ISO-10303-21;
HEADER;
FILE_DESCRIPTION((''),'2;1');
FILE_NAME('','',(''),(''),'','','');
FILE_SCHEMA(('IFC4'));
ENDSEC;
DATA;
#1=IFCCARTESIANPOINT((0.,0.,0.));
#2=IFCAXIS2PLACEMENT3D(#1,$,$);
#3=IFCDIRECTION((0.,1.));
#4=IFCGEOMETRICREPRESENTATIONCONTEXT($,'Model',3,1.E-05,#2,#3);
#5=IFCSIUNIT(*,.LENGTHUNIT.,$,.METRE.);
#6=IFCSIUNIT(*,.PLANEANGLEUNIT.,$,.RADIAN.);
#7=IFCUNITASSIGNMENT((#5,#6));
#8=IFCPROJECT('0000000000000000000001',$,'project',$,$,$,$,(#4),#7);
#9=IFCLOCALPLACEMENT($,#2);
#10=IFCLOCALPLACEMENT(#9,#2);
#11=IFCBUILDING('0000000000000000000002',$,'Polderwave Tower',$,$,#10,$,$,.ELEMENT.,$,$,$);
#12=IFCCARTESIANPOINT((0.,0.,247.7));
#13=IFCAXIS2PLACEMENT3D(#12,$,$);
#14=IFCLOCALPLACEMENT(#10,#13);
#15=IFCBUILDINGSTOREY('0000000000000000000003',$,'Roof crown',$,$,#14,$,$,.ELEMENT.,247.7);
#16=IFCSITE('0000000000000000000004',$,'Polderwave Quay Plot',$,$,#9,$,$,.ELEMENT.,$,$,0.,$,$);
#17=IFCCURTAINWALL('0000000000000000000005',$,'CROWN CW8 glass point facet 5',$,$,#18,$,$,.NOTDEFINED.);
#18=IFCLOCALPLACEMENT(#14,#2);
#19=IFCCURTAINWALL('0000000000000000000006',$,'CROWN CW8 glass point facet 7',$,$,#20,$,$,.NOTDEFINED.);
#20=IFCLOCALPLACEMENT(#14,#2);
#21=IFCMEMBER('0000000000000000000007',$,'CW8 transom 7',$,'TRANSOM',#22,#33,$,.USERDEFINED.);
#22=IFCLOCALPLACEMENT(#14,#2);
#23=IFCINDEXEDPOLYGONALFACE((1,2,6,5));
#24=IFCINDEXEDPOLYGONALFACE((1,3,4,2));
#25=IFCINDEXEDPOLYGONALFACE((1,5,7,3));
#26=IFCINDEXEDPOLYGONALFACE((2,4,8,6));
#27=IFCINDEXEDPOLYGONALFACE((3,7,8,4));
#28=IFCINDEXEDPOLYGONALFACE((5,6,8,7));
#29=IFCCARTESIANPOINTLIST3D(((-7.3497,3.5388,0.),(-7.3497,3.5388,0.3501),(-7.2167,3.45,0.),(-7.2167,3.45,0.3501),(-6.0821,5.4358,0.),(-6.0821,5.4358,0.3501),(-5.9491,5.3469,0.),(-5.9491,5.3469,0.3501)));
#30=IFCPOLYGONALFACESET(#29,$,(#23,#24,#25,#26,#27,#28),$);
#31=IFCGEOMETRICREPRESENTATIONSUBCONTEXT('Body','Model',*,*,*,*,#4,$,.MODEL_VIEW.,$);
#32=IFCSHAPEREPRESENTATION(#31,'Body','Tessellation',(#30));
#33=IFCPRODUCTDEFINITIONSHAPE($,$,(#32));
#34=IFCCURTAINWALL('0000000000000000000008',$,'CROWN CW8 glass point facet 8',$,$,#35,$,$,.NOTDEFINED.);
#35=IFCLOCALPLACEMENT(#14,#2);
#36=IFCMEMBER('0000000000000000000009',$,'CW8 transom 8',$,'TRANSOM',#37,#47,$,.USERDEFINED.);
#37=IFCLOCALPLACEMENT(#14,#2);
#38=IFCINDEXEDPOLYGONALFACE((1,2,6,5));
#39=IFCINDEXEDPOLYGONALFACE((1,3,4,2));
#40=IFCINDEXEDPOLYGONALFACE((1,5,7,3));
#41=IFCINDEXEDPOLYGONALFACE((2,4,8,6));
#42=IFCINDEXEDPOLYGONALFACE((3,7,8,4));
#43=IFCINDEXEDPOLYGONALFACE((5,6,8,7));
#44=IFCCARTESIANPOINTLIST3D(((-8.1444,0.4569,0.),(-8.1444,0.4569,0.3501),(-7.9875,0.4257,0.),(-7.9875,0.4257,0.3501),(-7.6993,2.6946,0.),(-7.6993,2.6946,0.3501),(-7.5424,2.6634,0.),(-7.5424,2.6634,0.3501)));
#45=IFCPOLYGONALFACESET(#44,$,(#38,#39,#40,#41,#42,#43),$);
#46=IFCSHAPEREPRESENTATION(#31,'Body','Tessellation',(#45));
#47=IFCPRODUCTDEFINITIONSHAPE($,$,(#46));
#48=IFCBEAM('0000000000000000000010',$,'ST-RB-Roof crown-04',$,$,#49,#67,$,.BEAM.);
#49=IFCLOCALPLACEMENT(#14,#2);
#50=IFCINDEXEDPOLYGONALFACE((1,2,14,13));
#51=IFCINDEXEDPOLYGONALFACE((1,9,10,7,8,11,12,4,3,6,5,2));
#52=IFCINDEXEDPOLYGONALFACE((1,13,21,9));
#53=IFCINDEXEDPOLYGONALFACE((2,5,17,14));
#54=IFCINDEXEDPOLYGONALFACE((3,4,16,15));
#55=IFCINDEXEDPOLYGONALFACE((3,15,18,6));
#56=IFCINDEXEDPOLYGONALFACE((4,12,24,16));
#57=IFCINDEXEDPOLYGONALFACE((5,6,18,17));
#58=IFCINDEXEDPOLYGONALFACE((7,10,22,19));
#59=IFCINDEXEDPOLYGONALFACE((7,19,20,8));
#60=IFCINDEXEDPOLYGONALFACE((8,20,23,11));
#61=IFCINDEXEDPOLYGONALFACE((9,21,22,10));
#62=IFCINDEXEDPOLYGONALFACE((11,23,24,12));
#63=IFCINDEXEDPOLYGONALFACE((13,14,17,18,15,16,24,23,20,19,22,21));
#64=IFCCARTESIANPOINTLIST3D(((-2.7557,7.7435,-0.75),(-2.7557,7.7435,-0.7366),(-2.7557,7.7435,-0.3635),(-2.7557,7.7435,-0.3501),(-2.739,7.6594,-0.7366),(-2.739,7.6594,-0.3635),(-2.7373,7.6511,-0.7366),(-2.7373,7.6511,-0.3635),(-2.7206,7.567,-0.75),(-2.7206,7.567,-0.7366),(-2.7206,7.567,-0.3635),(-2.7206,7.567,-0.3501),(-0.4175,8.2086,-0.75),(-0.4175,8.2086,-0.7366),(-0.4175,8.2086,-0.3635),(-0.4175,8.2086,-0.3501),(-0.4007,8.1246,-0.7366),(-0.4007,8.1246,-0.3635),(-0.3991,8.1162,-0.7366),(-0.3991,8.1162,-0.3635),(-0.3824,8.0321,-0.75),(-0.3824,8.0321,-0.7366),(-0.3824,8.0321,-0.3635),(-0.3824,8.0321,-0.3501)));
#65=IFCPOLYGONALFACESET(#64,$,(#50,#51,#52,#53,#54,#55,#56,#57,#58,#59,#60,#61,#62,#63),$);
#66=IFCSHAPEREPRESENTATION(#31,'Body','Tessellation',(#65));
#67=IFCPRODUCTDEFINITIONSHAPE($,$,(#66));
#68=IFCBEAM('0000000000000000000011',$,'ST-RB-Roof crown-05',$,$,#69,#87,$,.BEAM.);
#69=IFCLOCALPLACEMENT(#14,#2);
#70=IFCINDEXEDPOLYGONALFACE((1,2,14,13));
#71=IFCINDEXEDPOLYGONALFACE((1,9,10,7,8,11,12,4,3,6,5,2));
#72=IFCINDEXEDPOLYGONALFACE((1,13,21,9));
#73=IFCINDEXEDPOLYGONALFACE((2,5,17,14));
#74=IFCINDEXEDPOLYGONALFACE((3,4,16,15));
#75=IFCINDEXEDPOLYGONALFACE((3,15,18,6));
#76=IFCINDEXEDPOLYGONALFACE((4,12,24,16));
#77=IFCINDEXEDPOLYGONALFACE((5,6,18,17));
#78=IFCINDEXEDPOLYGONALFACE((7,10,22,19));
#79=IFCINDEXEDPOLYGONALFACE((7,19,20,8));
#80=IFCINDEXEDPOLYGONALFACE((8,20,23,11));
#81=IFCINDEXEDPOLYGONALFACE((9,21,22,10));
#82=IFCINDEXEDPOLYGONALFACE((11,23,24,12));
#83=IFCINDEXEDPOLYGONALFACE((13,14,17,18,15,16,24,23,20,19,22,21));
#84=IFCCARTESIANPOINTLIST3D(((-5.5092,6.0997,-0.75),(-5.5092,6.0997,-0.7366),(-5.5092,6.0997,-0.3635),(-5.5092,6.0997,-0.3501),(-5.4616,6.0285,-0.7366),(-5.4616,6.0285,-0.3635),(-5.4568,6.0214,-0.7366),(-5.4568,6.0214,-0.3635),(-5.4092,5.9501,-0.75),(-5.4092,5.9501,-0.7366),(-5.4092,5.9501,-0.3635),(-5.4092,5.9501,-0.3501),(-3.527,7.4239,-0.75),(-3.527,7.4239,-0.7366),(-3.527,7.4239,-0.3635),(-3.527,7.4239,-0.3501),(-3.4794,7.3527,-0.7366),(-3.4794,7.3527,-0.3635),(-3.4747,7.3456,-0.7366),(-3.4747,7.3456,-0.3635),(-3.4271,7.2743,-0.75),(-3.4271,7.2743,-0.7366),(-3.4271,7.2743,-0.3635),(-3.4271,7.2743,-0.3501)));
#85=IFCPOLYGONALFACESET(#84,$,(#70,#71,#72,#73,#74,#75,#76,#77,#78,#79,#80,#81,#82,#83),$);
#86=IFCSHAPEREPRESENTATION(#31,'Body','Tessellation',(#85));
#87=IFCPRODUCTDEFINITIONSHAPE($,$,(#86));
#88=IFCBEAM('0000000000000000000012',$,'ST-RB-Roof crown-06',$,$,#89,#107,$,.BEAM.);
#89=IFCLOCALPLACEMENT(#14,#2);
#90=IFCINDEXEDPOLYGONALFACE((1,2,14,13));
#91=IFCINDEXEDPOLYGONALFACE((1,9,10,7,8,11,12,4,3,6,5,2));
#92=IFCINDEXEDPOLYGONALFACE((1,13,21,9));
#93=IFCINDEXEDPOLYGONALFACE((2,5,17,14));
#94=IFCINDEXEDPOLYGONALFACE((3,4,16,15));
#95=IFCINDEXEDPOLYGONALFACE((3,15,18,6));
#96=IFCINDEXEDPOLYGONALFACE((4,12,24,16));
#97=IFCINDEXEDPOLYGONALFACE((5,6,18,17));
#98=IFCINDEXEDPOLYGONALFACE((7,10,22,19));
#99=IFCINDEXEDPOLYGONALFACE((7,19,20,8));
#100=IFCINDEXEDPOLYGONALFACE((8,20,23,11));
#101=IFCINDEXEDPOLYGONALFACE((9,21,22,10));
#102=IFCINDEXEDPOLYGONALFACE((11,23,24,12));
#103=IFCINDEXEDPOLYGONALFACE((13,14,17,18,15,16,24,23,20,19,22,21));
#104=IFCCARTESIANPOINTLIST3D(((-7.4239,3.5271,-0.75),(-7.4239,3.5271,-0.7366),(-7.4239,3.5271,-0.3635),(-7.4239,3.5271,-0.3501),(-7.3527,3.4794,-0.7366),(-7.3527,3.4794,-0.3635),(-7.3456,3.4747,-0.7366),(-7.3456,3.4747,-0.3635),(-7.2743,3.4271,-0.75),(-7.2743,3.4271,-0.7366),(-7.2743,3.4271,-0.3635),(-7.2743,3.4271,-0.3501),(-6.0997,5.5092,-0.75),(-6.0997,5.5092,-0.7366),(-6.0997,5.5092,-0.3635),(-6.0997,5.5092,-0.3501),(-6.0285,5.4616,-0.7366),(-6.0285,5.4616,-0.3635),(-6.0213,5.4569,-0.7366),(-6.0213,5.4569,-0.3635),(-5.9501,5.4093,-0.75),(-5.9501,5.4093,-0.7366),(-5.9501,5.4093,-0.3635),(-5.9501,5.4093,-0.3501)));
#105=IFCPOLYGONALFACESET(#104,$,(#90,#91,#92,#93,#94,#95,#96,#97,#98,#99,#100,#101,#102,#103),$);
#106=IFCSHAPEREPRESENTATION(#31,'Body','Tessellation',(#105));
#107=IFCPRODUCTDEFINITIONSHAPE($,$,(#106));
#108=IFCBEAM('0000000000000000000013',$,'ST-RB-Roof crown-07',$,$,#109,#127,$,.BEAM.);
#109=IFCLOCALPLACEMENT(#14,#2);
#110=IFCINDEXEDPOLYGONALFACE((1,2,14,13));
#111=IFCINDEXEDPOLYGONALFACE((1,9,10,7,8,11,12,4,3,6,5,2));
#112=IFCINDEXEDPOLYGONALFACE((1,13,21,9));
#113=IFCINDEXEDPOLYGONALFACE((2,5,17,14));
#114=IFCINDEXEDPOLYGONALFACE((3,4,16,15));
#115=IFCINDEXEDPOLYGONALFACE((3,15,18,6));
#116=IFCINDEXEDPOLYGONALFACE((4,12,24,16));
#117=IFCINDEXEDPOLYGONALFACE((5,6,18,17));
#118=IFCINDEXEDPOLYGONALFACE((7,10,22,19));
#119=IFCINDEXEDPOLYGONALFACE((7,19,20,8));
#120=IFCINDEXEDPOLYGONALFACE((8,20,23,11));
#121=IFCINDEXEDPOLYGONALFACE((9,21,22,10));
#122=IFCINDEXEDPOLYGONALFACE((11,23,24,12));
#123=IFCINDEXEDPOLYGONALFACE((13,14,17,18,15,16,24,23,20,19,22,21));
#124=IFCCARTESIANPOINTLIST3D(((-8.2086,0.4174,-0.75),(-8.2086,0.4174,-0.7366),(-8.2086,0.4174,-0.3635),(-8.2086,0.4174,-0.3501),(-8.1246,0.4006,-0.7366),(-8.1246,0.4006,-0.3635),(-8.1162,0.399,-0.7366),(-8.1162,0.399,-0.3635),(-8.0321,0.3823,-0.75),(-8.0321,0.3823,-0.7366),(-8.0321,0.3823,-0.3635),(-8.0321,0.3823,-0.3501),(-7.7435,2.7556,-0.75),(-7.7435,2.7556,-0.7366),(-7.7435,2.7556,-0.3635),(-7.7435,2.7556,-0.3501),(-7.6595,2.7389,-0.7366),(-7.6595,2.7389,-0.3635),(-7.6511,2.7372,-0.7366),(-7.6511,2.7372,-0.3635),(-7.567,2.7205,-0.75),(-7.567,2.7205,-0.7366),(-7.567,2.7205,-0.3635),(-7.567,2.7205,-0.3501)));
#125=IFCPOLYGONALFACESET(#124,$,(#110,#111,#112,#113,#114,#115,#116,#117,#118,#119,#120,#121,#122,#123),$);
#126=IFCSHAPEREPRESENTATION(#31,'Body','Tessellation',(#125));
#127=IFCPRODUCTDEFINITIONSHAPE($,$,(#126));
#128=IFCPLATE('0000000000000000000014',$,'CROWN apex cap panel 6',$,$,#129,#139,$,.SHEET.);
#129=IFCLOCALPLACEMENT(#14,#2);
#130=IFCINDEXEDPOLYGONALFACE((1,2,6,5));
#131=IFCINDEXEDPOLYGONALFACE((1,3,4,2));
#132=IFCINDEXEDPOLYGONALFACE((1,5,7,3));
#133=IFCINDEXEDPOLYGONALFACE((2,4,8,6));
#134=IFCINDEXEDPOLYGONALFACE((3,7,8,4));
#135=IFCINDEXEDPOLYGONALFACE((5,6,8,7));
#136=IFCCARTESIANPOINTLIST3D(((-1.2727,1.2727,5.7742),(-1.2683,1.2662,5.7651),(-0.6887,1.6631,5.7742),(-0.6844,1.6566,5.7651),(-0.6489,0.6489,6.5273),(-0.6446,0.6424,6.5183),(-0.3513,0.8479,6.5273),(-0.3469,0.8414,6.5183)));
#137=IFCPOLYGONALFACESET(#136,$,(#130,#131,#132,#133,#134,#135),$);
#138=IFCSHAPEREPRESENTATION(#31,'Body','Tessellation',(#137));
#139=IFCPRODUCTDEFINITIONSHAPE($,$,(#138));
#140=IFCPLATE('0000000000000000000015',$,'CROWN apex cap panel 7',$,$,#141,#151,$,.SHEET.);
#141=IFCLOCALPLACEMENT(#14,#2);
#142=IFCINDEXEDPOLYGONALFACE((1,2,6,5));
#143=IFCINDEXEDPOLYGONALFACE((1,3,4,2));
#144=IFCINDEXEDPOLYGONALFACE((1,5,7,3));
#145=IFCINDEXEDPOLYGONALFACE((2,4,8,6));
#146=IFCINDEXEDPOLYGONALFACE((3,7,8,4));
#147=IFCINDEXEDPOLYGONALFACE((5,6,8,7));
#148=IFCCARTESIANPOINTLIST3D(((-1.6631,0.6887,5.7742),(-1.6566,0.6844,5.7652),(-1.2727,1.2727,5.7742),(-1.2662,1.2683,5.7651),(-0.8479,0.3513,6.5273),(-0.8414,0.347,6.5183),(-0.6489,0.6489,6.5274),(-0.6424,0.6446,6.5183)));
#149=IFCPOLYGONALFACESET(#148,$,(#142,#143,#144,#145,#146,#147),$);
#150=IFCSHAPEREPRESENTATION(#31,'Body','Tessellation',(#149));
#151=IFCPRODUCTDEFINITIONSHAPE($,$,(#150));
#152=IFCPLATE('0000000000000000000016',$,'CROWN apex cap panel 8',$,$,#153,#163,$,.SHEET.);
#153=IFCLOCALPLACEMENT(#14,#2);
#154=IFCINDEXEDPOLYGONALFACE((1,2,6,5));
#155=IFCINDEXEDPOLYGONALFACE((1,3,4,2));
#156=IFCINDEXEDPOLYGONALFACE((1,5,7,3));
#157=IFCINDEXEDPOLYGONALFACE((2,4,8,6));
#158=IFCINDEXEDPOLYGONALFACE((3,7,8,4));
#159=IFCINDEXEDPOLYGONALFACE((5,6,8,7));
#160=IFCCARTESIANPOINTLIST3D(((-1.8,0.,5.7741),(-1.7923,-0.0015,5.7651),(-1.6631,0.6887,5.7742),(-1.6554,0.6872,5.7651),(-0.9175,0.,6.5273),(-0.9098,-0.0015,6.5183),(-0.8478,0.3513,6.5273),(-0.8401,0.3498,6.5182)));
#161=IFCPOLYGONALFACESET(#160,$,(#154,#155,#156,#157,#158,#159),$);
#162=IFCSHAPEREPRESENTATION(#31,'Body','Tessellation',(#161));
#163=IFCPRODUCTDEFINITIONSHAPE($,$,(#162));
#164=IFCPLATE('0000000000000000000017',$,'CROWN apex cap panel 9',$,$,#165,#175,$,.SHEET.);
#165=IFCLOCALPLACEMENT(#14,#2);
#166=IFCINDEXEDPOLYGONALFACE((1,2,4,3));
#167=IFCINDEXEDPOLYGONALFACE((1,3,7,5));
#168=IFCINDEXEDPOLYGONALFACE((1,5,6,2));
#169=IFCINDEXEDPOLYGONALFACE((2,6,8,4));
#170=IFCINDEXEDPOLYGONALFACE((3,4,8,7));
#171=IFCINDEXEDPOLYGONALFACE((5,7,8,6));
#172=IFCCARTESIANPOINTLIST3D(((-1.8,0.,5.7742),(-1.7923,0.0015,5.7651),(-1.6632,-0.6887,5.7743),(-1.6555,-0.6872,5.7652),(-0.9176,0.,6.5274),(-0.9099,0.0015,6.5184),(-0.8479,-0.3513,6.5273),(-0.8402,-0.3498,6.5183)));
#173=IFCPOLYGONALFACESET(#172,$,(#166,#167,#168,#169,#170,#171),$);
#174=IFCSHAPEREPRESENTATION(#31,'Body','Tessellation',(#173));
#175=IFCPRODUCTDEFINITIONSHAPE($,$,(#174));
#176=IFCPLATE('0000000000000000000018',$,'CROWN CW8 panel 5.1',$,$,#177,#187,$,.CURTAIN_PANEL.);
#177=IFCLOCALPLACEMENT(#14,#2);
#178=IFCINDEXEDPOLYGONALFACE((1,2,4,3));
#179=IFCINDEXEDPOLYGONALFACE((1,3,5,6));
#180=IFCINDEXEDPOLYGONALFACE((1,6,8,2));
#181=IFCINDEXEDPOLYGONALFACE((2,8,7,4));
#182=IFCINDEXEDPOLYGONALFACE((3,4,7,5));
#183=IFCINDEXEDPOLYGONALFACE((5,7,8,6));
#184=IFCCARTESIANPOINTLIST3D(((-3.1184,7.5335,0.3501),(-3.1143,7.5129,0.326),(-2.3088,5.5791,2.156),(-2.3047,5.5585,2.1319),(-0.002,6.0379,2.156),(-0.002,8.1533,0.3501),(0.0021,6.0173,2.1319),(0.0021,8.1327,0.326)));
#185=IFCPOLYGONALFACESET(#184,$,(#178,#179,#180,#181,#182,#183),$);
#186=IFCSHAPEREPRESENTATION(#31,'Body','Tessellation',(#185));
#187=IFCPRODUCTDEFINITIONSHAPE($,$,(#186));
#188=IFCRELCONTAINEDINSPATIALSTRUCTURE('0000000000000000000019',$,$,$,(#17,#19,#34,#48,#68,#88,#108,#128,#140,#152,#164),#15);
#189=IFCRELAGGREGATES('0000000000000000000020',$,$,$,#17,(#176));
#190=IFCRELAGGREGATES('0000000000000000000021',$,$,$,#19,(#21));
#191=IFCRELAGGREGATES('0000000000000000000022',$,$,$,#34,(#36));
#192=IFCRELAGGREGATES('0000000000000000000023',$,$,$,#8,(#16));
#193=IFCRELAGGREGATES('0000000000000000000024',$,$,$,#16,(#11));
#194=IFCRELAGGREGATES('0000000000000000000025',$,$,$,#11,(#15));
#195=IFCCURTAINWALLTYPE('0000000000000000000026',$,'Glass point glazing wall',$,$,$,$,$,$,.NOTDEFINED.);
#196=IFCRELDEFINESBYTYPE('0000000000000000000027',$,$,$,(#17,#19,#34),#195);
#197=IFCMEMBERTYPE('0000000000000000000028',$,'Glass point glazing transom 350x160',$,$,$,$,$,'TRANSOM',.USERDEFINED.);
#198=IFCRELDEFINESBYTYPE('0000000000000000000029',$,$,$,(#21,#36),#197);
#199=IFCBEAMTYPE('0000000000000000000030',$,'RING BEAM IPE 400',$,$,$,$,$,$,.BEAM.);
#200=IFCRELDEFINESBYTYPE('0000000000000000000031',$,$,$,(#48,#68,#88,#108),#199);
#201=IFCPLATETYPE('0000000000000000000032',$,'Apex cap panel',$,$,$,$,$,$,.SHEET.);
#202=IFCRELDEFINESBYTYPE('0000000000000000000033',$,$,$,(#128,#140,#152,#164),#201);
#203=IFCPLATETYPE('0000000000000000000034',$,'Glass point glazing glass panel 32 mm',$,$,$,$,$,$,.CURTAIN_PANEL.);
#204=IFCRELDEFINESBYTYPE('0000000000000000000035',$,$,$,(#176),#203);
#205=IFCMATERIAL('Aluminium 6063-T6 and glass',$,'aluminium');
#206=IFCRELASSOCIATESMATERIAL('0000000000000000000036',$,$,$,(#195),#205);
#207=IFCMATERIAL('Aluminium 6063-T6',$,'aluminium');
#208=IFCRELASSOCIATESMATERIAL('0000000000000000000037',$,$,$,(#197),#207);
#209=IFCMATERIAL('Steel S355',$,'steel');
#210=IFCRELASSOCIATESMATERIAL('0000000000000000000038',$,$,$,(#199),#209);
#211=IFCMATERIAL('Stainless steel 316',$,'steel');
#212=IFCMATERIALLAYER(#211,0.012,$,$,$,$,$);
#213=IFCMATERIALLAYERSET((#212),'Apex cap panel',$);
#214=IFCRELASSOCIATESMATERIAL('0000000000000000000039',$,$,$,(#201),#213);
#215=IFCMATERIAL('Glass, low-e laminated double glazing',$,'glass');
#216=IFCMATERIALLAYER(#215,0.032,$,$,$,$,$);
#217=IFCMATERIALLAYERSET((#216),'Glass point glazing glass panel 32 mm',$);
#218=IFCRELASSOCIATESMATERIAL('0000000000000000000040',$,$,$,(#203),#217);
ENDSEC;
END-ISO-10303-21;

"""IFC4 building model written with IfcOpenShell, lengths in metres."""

from ifc_helpers import new_model, si_unit, direction, frame, origin, origin_2d, place, context, subcontext, project, spatial, polyline, rectangle, i_section, outline, extrude, material, layer, layer_set, material_profile, profile_set, type_object, element, aggregate, save


model = new_model("IFC4")

# Units and contexts
model_context = context("Model", 3, precision=1e-05, world=origin(), true_north=direction((0.0, 1.0)))
body_context = subcontext(model_context, "Body", "Model", "MODEL_VIEW")
ifc_project = project(units=[si_unit("LENGTHUNIT", "METRE"), si_unit("PLANEANGLEUNIT", "RADIAN")], contexts=[model_context])

# Site, building, storey
site_placement = place(None, origin())
site = spatial("IfcSite", under=ifc_project, at=site_placement, Name="Polderwave Quay Plot", CompositionType="ELEMENT", RefElevation=0.0)
building_placement = place(site_placement, origin())
building = spatial("IfcBuilding", under=site, at=building_placement, Name="Polderwave Tower", CompositionType="ELEMENT")
storey_placement = place(building_placement, frame((0.0, 0.0, 247.7)))
storey = spatial("IfcBuildingStorey", under=building, at=storey_placement, Name="Roof crown", CompositionType="ELEMENT", Elevation=247.7)

# Curtain walls, members
ifc_material_1 = material(Name="Aluminium 6063-T6 and glass", Category="aluminium")
curtain_wall_type = type_object("IfcCurtainWallType", Name="Glass point glazing wall", PredefinedType="NOTDEFINED", material=ifc_material_1)
curtain_wall_1_placement = place(storey_placement, origin())
curtain_wall_1 = element("IfcCurtainWall", 1, at=curtain_wall_1_placement, inside=storey, type_object=curtain_wall_type, Name="CROWN CW8 glass point facet 5", PredefinedType="NOTDEFINED")
ifc_material_2 = material(Name="Aluminium 6063-T6", Category="aluminium")
ifc_material_profile_1 = material_profile(ifc_material_2, rectangle(XDim=0.1599, YDim=0.3501, at=origin_2d()), Name="AL 350x160")
ifc_profile_set_1 = profile_set([ifc_material_profile_1], Name="Aluminium 6063-T6")
member_type_1 = type_object("IfcMemberType", Name="Glass point glazing transom 350x160", ElementType="TRANSOM", PredefinedType="USERDEFINED", material=ifc_profile_set_1)
curtain_wall_2_placement = place(storey_placement, origin())
curtain_wall_2 = element("IfcCurtainWall", 2, at=curtain_wall_2_placement, inside=storey, type_object=curtain_wall_type, Name="CROWN CW8 glass point facet 7", PredefinedType="NOTDEFINED")
member_1_placement = place(storey_placement, frame((-6.0156, 5.3914, 0.175), z_axis=(-0.555589, -0.831457, 0.0), x_axis=(0.831457, -0.555589, 0.0)))
member_1 = element("IfcMember", 3, at=member_1_placement, type_object=member_type_1, Name="CW8 transom 7", ObjectType="TRANSOM", PredefinedType="USERDEFINED", context=body_context, shape_type="SweptSolid", body=[
    extrude(rectangle(XDim=0.1599, YDim=0.3501, at=origin_2d()), origin(), (0.0, 0.0, 1.0), 2.2815),
])
curtain_wall_3_placement = place(storey_placement, origin())
curtain_wall_3 = element("IfcCurtainWall", 4, at=curtain_wall_3_placement, inside=storey, type_object=curtain_wall_type, Name="CROWN CW8 glass point facet 8", PredefinedType="NOTDEFINED")
member_2_placement = place(storey_placement, frame((-7.6208, 2.679, 0.175), z_axis=(-0.195087, -0.980786, 0.0), x_axis=(0.980786, -0.195087, 0.0)))
member_2 = element("IfcMember", 5, at=member_2_placement, type_object=member_type_1, Name="CW8 transom 8", ObjectType="TRANSOM", PredefinedType="USERDEFINED", context=body_context, shape_type="SweptSolid", body=[
    extrude(rectangle(XDim=0.1599, YDim=0.3501, at=origin_2d()), origin(), (0.0, 0.0, 1.0), 2.2815),
])

# Beams
ifc_material_3 = material(Name="Steel S355", Category="steel")
ifc_material_profile_2 = material_profile(ifc_material_3, i_section(OverallWidth=0.1799, OverallDepth=0.3999, WebThickness=0.0085, FlangeThickness=0.0134, at=origin_2d()), Name="IPE 400")
ifc_profile_set_2 = profile_set([ifc_material_profile_2], Name="Steel S355")
beam_type = type_object("IfcBeamType", Name="RING BEAM IPE 400", PredefinedType="BEAM", material=ifc_profile_set_2)
beam_1_placement = place(storey_placement, frame((-0.3999, 8.1204, -0.55), z_axis=(-0.980785, -0.195092, 0.0), x_axis=(0.195092, -0.980785, 0.0)))
element("IfcBeam", 6, at=beam_1_placement, inside=storey, type_object=beam_type, Name="ST-RB-Roof crown-04", PredefinedType="BEAM", context=body_context, shape_type="SweptSolid", body=[
    extrude(i_section(OverallWidth=0.1799, OverallDepth=0.3999, WebThickness=0.0085, FlangeThickness=0.0134, at=origin_2d()), origin(), (0.0, 0.0, 1.0), 2.384),
])
for number, where, z_axis, x_axis, name in (
    (7, (-3.4771, 7.3491, -0.55), (-0.831514, -0.555504, 0.0), (0.555504, -0.831514, 0.0), "ST-RB-Roof crown-05"),
    (8, (-6.0249, 5.4592, -0.55), (-0.555504, -0.831514, 0.0), (0.831514, -0.555504, 0.0), "ST-RB-Roof crown-06"),
):
    element("IfcBeam", number, at=place(storey_placement, frame(where, z_axis=z_axis, x_axis=x_axis)), inside=storey, type_object=beam_type, Name=name, PredefinedType="BEAM", context=body_context, shape_type="SweptSolid", body=[
        extrude(i_section(OverallWidth=0.1799, OverallDepth=0.3999, WebThickness=0.0085, FlangeThickness=0.0134, at=origin_2d()), origin(), (0.0, 0.0, 1.0), 2.3838),
    ])
beam_2_placement = place(storey_placement, frame((-7.6553, 2.738, -0.55), z_axis=(-0.195092, -0.980785, 0.0), x_axis=(0.980785, -0.195092, 0.0)))
element("IfcBeam", 9, at=beam_2_placement, inside=storey, type_object=beam_type, Name="ST-RB-Roof crown-07", PredefinedType="BEAM", context=body_context, shape_type="SweptSolid", body=[
    extrude(i_section(OverallWidth=0.1799, OverallDepth=0.3999, WebThickness=0.0085, FlangeThickness=0.0134, at=origin_2d()), origin(), (0.0, 0.0, 1.0), 2.384),
])

# Plates
ifc_material_4 = material(Name="Stainless steel 316", Category="steel")
ifc_layer_1 = layer(ifc_material_4, 0.012)
ifc_layer_set_1 = layer_set([ifc_layer_1], Name="Apex cap panel")
plate_type_1 = type_object("IfcPlateType", Name="Apex cap panel", PredefinedType="SHEET", material=ifc_layer_set_1)
plate_1_placement = place(storey_placement, frame((-0.6887, 1.6631, 5.7742), z_axis=(-0.3649, 0.545839, 0.75426), x_axis=(-0.831349, -0.555751, -0.000012)))
element("IfcPlate", 10, at=plate_1_placement, inside=storey, type_object=plate_type_1, Name="CROWN apex cap panel 6", PredefinedType="SHEET", context=body_context, shape_type="SweptSolid", body=[
    extrude(outline(polyline([(0.0, 0.0), (0.7024, 0.0), (0.5305, 1.1471), (0.1725, 1.1471), (0.0, 0.0)])), origin(), (0.0, 0.0, -1.0), 0.012),
])
plate_2_placement = place(storey_placement, frame((-1.2727, 1.2727, 5.7742), z_axis=(-0.545839, 0.3649, 0.75426), x_axis=(-0.555751, -0.831349, 0.000012)))
element("IfcPlate", 11, at=plate_2_placement, inside=storey, type_object=plate_type_1, Name="CROWN apex cap panel 7", PredefinedType="SHEET", context=body_context, shape_type="SweptSolid", body=[
    extrude(outline(polyline([(0.0, 0.0), (0.7024, 0.0), (0.5299, 1.1471), (0.1719, 1.1471), (0.0, 0.0)])), origin(), (0.0, 0.0, -1.0), 0.012),
])
plate_3_placement = place(storey_placement, frame((-1.6631, 0.6887, 5.7742), z_axis=(-0.643894, 0.127872, 0.754353), x_axis=(-0.194935, -0.980816, -0.000131)))
element("IfcPlate", 12, at=plate_3_placement, inside=storey, type_object=plate_type_1, Name="CROWN apex cap panel 8", PredefinedType="SHEET", context=body_context, shape_type="SweptSolid", body=[
    extrude(outline(polyline([(0.0, 0.0), (0.7022, 0.0), (0.5301, 1.1474), (0.1719, 1.1472), (0.0, 0.0)])), origin(), (0.0, 0.0, -1.0), 0.012),
])
plate_4_placement = place(storey_placement, frame((-1.8, 0.0, 5.7742), z_axis=(-0.643894, -0.127872, 0.754353), x_axis=(0.194935, -0.980816, 0.000131)))
element("IfcPlate", 13, at=plate_4_placement, inside=storey, type_object=plate_type_1, Name="CROWN apex cap panel 9", PredefinedType="SHEET", context=body_context, shape_type="SweptSolid", body=[
    extrude(outline(polyline([(0.0, 0.0), (0.7022, 0.0), (0.5303, 1.1472), (0.1721, 1.1474), (0.0, 0.0)])), origin(), (0.0, 0.0, -1.0), 0.012),
])

# Plate
ifc_material_5 = material(Name="Glass, low-e laminated double glazing", Category="glass")
ifc_layer_2 = layer(ifc_material_5, 0.032)
ifc_layer_set_2 = layer_set([ifc_layer_2], Name="Glass point glazing glass panel 32 mm")
plate_type_2 = type_object("IfcPlateType", Name="Glass point glazing glass panel 32 mm", PredefinedType="CURTAIN_PANEL", material=ifc_layer_set_2)
plate_5_placement = place(storey_placement, frame((-0.002, 8.1533, 0.3501), z_axis=(-0.128067, 0.643929, 0.75429), x_axis=(-0.980789, -0.195074, 0.000009)))
plate_5 = element("IfcPlate", 14, at=plate_5_placement, type_object=plate_type_2, Name="CROWN CW8 panel 5.1", PredefinedType="CURTAIN_PANEL", context=body_context, shape_type="SweptSolid", body=[
    extrude(outline(polyline([(0.0, 0.0), (3.1775, 0.0), (2.7647, 2.7506), (0.4127, 2.7507), (0.0, 0.0)])), origin(), (0.0, 0.0, -1.0), 0.032),
])
aggregate(curtain_wall_1, [plate_5])
aggregate(curtain_wall_2, [member_1])
aggregate(curtain_wall_3, [member_2])

save(model, "model.ifc")
